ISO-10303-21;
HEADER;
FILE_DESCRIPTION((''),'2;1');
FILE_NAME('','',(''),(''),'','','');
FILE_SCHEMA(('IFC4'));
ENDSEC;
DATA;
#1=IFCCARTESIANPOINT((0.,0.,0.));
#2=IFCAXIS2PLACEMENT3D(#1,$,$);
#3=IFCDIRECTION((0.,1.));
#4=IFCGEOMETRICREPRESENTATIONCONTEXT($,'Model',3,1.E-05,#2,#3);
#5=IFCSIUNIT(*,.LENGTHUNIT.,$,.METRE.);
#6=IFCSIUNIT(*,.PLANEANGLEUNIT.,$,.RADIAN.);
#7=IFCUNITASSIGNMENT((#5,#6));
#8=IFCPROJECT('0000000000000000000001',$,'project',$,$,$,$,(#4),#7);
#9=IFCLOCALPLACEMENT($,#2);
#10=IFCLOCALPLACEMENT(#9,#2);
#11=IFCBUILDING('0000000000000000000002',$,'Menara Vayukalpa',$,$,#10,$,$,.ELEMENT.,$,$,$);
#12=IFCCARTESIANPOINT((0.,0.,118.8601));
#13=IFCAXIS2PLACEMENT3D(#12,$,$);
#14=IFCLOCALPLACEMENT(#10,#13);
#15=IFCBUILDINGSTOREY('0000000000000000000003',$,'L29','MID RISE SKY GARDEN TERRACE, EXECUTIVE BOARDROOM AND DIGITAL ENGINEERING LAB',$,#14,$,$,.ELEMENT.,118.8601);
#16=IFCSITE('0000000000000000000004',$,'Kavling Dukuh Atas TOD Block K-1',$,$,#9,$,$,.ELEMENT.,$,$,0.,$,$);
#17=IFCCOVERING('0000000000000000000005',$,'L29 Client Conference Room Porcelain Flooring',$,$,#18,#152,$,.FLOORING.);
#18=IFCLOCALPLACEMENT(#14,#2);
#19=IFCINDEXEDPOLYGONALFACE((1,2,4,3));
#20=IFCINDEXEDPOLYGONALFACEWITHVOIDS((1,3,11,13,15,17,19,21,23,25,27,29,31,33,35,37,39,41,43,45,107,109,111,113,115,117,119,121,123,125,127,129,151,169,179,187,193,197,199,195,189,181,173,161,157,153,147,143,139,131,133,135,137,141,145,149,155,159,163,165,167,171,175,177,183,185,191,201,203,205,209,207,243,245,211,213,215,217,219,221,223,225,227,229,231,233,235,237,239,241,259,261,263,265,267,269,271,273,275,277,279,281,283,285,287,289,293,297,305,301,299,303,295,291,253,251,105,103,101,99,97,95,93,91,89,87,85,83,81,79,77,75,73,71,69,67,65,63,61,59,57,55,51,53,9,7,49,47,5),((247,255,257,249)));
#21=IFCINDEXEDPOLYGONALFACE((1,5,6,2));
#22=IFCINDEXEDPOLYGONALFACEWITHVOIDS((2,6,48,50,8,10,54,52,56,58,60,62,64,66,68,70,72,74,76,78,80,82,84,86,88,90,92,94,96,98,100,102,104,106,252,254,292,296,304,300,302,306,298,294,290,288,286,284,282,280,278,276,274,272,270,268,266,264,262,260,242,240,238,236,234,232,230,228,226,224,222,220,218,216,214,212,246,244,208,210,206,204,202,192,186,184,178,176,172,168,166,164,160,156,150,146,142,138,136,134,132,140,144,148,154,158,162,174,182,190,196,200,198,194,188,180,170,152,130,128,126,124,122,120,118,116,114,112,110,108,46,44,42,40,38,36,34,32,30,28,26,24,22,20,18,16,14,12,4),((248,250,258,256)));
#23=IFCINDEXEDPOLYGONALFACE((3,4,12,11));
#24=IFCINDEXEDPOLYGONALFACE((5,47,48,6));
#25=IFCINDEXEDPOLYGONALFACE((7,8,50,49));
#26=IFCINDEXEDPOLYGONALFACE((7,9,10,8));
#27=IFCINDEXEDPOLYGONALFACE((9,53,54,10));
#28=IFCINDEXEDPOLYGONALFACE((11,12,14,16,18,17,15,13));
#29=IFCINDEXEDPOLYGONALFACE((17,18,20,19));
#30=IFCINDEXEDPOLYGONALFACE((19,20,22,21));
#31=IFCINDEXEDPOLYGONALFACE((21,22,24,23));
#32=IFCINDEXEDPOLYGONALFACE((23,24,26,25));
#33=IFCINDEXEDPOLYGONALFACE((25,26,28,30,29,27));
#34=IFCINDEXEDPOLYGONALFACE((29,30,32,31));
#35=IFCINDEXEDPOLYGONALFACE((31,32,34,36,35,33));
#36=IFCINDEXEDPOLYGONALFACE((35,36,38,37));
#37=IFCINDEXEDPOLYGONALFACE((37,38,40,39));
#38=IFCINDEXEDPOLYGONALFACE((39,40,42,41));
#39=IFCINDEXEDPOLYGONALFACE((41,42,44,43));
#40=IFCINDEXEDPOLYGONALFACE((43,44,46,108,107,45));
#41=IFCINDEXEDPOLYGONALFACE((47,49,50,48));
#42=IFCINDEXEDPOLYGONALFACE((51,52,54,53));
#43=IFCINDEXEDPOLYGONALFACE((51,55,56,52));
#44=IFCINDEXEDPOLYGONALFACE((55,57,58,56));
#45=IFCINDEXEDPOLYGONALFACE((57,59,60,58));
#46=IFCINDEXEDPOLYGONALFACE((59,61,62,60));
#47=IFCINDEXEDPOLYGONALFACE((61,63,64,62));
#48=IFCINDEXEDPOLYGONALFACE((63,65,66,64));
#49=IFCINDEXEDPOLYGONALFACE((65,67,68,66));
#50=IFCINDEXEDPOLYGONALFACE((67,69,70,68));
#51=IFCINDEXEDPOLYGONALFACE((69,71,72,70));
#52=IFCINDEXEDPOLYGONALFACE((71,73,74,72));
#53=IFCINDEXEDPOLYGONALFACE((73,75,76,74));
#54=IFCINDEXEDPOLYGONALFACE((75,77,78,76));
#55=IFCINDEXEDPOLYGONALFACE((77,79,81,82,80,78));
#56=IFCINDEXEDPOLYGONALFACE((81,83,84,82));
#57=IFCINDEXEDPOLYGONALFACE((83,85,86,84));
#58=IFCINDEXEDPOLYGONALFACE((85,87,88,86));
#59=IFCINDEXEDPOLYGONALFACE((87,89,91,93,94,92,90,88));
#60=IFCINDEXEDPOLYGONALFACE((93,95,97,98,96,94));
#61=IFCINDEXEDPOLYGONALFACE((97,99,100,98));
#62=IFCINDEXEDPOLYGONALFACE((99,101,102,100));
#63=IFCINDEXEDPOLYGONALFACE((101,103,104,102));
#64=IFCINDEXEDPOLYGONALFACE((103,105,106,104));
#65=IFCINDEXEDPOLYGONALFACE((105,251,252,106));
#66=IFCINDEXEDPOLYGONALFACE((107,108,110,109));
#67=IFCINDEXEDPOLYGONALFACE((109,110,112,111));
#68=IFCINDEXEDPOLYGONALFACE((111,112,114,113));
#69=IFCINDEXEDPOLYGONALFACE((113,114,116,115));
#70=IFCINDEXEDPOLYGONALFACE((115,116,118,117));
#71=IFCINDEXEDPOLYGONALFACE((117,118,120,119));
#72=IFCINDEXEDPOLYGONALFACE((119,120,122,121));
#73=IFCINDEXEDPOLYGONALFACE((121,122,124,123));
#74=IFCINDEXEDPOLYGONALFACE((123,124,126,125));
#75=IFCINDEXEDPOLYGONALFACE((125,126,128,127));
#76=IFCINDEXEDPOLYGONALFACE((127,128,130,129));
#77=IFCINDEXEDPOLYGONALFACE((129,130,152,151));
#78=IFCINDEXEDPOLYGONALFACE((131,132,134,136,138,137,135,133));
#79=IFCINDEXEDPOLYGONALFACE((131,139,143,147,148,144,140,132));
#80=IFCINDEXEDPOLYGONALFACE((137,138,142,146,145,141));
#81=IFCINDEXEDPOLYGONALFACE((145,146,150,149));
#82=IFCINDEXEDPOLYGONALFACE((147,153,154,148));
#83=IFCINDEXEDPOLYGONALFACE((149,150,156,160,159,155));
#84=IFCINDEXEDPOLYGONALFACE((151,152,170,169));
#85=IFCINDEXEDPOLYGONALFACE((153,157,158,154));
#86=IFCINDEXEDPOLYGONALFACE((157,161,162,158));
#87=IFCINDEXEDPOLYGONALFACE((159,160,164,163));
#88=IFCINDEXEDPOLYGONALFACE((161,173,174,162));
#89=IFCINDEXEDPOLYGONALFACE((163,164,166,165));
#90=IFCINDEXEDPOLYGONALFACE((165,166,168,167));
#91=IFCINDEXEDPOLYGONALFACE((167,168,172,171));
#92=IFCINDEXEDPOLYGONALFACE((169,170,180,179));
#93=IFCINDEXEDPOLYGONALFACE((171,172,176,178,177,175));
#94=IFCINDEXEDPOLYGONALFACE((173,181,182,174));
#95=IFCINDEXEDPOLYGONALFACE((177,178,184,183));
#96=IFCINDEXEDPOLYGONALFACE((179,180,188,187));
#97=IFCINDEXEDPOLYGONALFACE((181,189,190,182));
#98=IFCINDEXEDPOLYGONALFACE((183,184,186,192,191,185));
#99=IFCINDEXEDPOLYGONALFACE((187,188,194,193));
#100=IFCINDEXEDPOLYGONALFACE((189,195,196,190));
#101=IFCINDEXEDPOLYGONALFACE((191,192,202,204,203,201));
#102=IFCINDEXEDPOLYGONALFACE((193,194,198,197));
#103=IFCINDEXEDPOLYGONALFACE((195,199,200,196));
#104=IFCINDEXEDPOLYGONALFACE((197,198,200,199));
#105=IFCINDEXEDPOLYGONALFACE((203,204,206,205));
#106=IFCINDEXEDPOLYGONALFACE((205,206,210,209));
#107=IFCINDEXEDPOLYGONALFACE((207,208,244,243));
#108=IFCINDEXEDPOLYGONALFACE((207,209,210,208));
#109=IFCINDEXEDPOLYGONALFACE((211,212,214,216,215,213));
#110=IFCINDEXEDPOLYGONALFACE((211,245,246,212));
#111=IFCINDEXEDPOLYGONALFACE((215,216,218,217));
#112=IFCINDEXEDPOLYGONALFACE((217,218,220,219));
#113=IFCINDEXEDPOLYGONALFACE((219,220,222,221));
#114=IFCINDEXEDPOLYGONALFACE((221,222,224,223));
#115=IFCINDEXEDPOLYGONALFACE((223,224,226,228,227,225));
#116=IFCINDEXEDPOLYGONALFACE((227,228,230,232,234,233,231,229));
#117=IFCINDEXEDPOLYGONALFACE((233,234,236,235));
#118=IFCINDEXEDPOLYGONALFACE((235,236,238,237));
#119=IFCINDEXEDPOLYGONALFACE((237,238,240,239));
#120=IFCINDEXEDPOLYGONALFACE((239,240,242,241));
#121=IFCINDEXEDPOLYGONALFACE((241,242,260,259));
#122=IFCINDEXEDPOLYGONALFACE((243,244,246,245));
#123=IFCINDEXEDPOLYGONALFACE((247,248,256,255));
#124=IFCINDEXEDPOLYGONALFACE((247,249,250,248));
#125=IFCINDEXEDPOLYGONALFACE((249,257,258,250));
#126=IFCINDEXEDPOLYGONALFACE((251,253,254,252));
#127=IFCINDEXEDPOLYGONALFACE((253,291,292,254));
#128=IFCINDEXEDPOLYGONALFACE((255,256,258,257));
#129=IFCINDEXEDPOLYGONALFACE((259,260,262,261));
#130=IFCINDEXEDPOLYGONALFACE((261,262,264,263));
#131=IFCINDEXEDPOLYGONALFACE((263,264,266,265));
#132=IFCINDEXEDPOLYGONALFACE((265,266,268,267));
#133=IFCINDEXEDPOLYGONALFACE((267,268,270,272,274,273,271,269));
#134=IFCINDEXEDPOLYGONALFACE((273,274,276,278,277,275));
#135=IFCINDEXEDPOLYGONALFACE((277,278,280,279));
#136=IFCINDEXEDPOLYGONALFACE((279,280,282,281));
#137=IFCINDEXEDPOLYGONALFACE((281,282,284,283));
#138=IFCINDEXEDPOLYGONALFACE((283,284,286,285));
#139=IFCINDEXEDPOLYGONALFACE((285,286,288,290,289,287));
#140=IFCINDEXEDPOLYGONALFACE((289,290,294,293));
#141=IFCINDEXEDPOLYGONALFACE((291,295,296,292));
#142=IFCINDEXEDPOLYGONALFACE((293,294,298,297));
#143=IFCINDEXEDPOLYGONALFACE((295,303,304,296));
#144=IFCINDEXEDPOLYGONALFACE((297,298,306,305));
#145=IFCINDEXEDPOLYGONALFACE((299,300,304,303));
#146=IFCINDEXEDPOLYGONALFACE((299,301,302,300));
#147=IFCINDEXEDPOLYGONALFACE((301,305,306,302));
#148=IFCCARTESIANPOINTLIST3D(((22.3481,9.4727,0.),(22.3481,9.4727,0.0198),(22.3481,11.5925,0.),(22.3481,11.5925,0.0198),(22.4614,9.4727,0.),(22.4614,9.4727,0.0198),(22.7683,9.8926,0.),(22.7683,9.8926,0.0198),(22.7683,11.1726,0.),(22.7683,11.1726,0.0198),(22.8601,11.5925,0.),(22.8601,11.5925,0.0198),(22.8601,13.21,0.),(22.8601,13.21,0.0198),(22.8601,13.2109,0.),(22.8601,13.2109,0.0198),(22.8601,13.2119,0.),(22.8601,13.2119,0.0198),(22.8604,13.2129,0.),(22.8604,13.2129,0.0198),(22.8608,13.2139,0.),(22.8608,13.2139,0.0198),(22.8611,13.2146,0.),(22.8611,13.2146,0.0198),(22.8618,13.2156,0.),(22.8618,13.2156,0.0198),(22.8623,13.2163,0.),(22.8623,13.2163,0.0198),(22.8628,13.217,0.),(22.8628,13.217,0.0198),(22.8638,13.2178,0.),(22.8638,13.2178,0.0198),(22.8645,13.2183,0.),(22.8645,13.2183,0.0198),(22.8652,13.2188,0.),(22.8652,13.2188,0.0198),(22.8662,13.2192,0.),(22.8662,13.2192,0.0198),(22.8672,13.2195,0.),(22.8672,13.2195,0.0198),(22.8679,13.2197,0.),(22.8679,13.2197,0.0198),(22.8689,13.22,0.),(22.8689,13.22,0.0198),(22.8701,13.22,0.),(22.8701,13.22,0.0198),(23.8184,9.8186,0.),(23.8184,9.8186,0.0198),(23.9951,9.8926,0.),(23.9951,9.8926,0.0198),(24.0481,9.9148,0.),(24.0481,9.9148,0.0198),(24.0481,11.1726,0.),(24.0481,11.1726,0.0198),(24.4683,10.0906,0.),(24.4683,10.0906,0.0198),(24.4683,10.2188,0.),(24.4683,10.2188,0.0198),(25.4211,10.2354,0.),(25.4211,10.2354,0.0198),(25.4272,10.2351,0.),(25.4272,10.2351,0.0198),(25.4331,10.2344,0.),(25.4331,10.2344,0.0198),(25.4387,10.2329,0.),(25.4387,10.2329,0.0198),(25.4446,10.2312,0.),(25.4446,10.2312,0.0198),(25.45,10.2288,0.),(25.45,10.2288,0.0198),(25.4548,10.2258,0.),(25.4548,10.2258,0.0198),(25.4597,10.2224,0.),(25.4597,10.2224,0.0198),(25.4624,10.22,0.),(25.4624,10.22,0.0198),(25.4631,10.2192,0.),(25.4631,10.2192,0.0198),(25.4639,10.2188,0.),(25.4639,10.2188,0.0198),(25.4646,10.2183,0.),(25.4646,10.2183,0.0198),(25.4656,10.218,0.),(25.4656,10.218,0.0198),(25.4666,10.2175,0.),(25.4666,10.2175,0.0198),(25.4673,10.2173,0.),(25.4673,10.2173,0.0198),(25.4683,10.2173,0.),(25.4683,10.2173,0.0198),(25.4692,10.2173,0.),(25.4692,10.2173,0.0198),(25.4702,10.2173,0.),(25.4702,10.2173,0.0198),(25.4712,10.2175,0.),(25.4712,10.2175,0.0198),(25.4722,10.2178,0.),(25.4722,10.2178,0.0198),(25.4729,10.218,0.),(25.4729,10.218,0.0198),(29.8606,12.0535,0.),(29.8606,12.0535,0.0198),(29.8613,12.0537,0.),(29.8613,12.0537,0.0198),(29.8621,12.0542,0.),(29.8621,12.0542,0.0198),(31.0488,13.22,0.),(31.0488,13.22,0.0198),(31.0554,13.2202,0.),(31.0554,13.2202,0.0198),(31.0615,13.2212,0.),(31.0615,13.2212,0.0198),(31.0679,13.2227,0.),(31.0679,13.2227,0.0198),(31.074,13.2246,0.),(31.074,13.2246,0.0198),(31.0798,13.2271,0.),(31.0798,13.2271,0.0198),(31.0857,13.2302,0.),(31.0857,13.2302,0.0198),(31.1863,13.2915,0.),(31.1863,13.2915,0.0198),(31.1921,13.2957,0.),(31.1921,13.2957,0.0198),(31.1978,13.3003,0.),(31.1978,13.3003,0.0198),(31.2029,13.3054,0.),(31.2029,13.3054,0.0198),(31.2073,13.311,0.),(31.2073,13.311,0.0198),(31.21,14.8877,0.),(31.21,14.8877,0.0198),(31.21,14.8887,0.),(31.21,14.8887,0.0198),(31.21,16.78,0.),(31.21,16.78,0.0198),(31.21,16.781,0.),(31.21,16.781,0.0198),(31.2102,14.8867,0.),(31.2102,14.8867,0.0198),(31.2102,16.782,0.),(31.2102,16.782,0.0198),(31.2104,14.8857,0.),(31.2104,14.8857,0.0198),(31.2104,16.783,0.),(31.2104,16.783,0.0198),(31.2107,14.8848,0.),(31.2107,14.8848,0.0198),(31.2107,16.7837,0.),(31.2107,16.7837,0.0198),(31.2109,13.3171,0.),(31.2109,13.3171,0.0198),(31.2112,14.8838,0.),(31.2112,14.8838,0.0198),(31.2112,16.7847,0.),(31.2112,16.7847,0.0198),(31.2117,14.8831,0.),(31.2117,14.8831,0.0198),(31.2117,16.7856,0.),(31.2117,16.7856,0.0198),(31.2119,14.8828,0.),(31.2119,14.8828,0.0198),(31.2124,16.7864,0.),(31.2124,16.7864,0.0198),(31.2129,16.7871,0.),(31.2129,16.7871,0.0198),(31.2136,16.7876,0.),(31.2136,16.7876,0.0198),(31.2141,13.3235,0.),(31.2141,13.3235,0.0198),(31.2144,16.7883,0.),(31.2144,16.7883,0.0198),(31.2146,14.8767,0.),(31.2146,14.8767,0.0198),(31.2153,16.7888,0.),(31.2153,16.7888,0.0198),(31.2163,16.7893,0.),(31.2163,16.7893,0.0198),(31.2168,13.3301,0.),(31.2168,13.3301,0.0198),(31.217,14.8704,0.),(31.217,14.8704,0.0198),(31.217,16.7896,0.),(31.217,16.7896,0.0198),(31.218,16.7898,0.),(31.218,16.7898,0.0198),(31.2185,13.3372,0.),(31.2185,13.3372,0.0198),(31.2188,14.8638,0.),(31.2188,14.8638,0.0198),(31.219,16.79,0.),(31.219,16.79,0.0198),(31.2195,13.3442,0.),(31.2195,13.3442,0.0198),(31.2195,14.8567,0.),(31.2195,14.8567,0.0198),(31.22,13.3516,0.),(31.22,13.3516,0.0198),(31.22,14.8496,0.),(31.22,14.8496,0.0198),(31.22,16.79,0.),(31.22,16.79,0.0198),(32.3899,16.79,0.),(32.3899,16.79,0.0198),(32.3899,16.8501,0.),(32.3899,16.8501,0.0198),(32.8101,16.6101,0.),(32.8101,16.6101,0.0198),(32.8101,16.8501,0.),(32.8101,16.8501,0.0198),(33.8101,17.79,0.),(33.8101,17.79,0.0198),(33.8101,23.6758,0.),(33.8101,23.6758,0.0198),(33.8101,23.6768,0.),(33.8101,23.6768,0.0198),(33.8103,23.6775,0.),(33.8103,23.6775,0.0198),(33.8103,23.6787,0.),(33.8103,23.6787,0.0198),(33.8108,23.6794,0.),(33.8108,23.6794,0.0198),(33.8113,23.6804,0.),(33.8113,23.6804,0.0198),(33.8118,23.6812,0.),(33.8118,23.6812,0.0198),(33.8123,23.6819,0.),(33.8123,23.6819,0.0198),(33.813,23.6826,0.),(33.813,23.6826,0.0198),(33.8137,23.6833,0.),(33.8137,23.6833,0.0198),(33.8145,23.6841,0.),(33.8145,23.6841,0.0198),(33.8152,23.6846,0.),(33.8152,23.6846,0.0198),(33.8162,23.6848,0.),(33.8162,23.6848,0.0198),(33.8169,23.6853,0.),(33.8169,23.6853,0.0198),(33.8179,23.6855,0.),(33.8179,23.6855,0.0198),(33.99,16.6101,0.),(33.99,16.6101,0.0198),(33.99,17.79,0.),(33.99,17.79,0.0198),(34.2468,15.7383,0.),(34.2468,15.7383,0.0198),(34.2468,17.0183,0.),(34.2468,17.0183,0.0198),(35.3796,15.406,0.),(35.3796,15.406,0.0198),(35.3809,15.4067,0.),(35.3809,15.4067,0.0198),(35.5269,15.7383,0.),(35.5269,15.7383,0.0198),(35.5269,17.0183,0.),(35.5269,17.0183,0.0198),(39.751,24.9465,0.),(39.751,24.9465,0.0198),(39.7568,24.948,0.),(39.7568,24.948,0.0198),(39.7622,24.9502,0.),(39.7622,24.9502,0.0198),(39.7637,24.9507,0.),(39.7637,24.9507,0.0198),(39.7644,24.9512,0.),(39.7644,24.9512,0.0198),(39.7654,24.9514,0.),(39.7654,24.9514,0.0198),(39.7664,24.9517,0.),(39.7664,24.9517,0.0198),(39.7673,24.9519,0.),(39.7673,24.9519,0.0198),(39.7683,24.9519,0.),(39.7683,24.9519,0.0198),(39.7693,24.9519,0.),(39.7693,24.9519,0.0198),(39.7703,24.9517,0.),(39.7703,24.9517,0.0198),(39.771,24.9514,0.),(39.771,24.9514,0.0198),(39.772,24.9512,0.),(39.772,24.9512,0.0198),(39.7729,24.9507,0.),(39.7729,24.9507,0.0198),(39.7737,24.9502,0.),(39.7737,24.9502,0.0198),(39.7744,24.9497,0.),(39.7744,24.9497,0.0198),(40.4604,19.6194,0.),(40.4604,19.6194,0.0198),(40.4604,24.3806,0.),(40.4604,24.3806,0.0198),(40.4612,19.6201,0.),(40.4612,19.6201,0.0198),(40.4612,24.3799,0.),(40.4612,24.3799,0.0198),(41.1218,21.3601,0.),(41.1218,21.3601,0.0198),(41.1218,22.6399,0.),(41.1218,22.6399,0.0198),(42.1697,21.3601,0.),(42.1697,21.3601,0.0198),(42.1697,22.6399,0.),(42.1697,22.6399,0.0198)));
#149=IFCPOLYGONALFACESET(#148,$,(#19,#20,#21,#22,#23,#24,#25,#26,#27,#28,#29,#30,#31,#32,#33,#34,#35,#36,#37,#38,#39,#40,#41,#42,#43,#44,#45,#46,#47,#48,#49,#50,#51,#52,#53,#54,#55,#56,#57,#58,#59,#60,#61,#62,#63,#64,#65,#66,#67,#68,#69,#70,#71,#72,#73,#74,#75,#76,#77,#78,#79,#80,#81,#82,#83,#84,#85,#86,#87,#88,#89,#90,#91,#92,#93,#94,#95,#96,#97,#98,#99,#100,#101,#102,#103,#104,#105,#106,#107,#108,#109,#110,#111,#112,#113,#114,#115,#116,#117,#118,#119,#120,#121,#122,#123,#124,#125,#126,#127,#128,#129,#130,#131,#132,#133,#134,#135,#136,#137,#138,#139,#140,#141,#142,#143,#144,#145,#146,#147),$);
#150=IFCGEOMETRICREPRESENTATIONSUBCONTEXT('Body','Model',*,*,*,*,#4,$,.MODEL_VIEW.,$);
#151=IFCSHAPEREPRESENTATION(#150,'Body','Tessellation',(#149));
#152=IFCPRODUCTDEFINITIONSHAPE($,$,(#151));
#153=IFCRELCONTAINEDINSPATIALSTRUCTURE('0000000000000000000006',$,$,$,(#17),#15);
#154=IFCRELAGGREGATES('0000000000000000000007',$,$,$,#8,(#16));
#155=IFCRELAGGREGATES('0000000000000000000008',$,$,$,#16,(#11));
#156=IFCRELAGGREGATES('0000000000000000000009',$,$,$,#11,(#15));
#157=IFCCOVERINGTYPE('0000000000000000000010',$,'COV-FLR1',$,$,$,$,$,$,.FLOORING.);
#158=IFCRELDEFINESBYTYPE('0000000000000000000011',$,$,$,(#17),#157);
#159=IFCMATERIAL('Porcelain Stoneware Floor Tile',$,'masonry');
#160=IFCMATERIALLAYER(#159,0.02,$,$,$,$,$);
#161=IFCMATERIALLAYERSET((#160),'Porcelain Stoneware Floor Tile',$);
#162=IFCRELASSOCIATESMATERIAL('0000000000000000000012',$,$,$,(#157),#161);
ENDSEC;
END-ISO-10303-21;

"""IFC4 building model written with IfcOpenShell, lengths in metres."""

from ifc_helpers import new_model, si_unit, direction, frame, origin, place, context, subcontext, project, spatial, polyline, outline, extrude, material, layer, layer_set, type_object, element, save


model = new_model("IFC4")

# Units and contexts
model_context = context("Model", 3, precision=1e-05, world=origin(), true_north=direction((0.0, 1.0)))
body_context = subcontext(model_context, "Body", "Model", "MODEL_VIEW")
ifc_project = project(units=[si_unit("LENGTHUNIT", "METRE"), si_unit("PLANEANGLEUNIT", "RADIAN")], contexts=[model_context])

# Site, building, storey
site_placement = place(None, origin())
site = spatial("IfcSite", under=ifc_project, at=site_placement, Name="Kavling Dukuh Atas TOD Block K-1", CompositionType="ELEMENT", RefElevation=0.0)
building_placement = place(site_placement, origin())
building = spatial("IfcBuilding", under=site, at=building_placement, Name="Menara Vayukalpa", CompositionType="ELEMENT")
storey_placement = place(building_placement, frame((0.0, 0.0, 118.8601)))
storey = spatial("IfcBuildingStorey", under=building, at=storey_placement, Name="L29", Description="MID RISE SKY GARDEN TERRACE, EXECUTIVE BOARDROOM AND DIGITAL ENGINEERING LAB", CompositionType="ELEMENT", Elevation=118.8601)

# Covering
ifc_material_1 = material(Name="Porcelain Stoneware Floor Tile", Category="masonry")
ifc_layer_1 = layer(ifc_material_1, 0.02)
ifc_layer_set_1 = layer_set([ifc_layer_1], Name="Porcelain Stoneware Floor Tile")
covering_type_1 = type_object("IfcCoveringType", Name="COV-FLR1", PredefinedType="FLOORING", material=ifc_layer_set_1)
covering_1_placement = place(storey_placement, origin())
element("IfcCovering", 1, at=covering_1_placement, inside=storey, type_object=covering_type_1, Name="L29 Client Conference Room Porcelain Flooring", PredefinedType="FLOORING", context=body_context, shape_type="SweptSolid", body=[
    extrude(outline(polyline([(22.8601, 13.21), (22.8601, 13.2109), (22.8601, 13.2119), (22.8604, 13.2129), (22.8608, 13.2139), (22.8611, 13.2146), (22.8618, 13.2156), (22.8623, 13.2163), (22.8628, 13.217), (22.8638, 13.2178), (22.8645, 13.2183), (22.8652, 13.2188), (22.8662, 13.2192), (22.8672, 13.2195), (22.8679, 13.2197), (22.8689, 13.22), (22.8701, 13.22), (31.0488, 13.22), (31.0554, 13.2202), (31.0615, 13.2212), (31.0679, 13.2227), (31.074, 13.2246), (31.0798, 13.2271), (31.0857, 13.2302), (31.1863, 13.2915), (31.1921, 13.2957), (31.1978, 13.3003), (31.2029, 13.3054), (31.2073, 13.311), (31.2109, 13.3171), (31.2141, 13.3235), (31.2168, 13.3301), (31.2185, 13.3372), (31.2195, 13.3442), (31.22, 13.3516), (31.22, 14.8496), (31.2195, 14.8567), (31.2188, 14.8638), (31.217, 14.8704), (31.2146, 14.8767), (31.2119, 14.8828), (31.2117, 14.8831), (31.2112, 14.8838), (31.2107, 14.8848), (31.2104, 14.8857), (31.2102, 14.8867), (31.21, 14.8877), (31.21, 14.8887), (31.21, 16.78), (31.21, 16.781), (31.2102, 16.782), (31.2104, 16.783), (31.2107, 16.7837), (31.2112, 16.7847), (31.2117, 16.7856), (31.2124, 16.7864), (31.2129, 16.7871), (31.2136, 16.7876), (31.2144, 16.7883), (31.2153, 16.7888), (31.2163, 16.7893), (31.217, 16.7896), (31.218, 16.7898), (31.219, 16.79), (31.22, 16.79), (32.3899, 16.79), (32.3899, 16.8501), (32.8101, 16.8501), (32.8101, 16.6101), (33.99, 16.6101), (33.99, 17.79), (33.8101, 17.79), (33.8101, 23.6758), (33.8101, 23.6768), (33.8103, 23.6775), (33.8103, 23.6787), (33.8108, 23.6794), (33.8113, 23.6804), (33.8118, 23.6812), (33.8123, 23.6819), (33.813, 23.6826), (33.8137, 23.6833), (33.8145, 23.6841), (33.8152, 23.6846), (33.8162, 23.6848), (33.8169, 23.6853), (33.8179, 23.6855), (39.751, 24.9465), (39.7568, 24.948), (39.7622, 24.9502), (39.7637, 24.9507), (39.7644, 24.9512), (39.7654, 24.9514), (39.7664, 24.9517), (39.7673, 24.9519), (39.7683, 24.9519), (39.7693, 24.9519), (39.7703, 24.9517), (39.771, 24.9514), (39.772, 24.9512), (39.7729, 24.9507), (39.7737, 24.9502), (39.7744, 24.9497), (40.4604, 24.3806), (40.4612, 24.3799), (42.1697, 22.6399), (41.1218, 22.6399), (41.1218, 21.3601), (42.1697, 21.3601), (40.4612, 19.6201), (40.4604, 19.6194), (35.3809, 15.4067), (35.3796, 15.406), (29.8621, 12.0542), (29.8613, 12.0537), (29.8606, 12.0535), (25.4729, 10.218), (25.4722, 10.2178), (25.4712, 10.2175), (25.4702, 10.2173), (25.4692, 10.2173), (25.4683, 10.2173), (25.4673, 10.2173), (25.4666, 10.2175), (25.4656, 10.218), (25.4646, 10.2183), (25.4639, 10.2188), (25.4631, 10.2192), (25.4624, 10.22), (25.4597, 10.2224), (25.4548, 10.2258), (25.45, 10.2288), (25.4446, 10.2312), (25.4387, 10.2329), (25.4331, 10.2344), (25.4272, 10.2351), (25.4211, 10.2354), (24.4683, 10.2188), (24.4683, 10.0906), (24.0481, 9.9148), (24.0481, 11.1726), (22.7683, 11.1726), (22.7683, 9.8926), (23.9951, 9.8926), (23.8184, 9.8186), (22.4614, 9.4727), (22.3481, 9.4727), (22.3481, 11.5925), (22.8601, 11.5925), (22.8601, 13.21)]), holes=[polyline([(35.5269, 17.0183), (34.2468, 17.0183), (34.2468, 15.7383), (35.5269, 15.7383), (35.5269, 17.0183)])]), origin(), (0.0, 0.0, 1.0), 0.0198),
])

save(model, "model.ifc")
